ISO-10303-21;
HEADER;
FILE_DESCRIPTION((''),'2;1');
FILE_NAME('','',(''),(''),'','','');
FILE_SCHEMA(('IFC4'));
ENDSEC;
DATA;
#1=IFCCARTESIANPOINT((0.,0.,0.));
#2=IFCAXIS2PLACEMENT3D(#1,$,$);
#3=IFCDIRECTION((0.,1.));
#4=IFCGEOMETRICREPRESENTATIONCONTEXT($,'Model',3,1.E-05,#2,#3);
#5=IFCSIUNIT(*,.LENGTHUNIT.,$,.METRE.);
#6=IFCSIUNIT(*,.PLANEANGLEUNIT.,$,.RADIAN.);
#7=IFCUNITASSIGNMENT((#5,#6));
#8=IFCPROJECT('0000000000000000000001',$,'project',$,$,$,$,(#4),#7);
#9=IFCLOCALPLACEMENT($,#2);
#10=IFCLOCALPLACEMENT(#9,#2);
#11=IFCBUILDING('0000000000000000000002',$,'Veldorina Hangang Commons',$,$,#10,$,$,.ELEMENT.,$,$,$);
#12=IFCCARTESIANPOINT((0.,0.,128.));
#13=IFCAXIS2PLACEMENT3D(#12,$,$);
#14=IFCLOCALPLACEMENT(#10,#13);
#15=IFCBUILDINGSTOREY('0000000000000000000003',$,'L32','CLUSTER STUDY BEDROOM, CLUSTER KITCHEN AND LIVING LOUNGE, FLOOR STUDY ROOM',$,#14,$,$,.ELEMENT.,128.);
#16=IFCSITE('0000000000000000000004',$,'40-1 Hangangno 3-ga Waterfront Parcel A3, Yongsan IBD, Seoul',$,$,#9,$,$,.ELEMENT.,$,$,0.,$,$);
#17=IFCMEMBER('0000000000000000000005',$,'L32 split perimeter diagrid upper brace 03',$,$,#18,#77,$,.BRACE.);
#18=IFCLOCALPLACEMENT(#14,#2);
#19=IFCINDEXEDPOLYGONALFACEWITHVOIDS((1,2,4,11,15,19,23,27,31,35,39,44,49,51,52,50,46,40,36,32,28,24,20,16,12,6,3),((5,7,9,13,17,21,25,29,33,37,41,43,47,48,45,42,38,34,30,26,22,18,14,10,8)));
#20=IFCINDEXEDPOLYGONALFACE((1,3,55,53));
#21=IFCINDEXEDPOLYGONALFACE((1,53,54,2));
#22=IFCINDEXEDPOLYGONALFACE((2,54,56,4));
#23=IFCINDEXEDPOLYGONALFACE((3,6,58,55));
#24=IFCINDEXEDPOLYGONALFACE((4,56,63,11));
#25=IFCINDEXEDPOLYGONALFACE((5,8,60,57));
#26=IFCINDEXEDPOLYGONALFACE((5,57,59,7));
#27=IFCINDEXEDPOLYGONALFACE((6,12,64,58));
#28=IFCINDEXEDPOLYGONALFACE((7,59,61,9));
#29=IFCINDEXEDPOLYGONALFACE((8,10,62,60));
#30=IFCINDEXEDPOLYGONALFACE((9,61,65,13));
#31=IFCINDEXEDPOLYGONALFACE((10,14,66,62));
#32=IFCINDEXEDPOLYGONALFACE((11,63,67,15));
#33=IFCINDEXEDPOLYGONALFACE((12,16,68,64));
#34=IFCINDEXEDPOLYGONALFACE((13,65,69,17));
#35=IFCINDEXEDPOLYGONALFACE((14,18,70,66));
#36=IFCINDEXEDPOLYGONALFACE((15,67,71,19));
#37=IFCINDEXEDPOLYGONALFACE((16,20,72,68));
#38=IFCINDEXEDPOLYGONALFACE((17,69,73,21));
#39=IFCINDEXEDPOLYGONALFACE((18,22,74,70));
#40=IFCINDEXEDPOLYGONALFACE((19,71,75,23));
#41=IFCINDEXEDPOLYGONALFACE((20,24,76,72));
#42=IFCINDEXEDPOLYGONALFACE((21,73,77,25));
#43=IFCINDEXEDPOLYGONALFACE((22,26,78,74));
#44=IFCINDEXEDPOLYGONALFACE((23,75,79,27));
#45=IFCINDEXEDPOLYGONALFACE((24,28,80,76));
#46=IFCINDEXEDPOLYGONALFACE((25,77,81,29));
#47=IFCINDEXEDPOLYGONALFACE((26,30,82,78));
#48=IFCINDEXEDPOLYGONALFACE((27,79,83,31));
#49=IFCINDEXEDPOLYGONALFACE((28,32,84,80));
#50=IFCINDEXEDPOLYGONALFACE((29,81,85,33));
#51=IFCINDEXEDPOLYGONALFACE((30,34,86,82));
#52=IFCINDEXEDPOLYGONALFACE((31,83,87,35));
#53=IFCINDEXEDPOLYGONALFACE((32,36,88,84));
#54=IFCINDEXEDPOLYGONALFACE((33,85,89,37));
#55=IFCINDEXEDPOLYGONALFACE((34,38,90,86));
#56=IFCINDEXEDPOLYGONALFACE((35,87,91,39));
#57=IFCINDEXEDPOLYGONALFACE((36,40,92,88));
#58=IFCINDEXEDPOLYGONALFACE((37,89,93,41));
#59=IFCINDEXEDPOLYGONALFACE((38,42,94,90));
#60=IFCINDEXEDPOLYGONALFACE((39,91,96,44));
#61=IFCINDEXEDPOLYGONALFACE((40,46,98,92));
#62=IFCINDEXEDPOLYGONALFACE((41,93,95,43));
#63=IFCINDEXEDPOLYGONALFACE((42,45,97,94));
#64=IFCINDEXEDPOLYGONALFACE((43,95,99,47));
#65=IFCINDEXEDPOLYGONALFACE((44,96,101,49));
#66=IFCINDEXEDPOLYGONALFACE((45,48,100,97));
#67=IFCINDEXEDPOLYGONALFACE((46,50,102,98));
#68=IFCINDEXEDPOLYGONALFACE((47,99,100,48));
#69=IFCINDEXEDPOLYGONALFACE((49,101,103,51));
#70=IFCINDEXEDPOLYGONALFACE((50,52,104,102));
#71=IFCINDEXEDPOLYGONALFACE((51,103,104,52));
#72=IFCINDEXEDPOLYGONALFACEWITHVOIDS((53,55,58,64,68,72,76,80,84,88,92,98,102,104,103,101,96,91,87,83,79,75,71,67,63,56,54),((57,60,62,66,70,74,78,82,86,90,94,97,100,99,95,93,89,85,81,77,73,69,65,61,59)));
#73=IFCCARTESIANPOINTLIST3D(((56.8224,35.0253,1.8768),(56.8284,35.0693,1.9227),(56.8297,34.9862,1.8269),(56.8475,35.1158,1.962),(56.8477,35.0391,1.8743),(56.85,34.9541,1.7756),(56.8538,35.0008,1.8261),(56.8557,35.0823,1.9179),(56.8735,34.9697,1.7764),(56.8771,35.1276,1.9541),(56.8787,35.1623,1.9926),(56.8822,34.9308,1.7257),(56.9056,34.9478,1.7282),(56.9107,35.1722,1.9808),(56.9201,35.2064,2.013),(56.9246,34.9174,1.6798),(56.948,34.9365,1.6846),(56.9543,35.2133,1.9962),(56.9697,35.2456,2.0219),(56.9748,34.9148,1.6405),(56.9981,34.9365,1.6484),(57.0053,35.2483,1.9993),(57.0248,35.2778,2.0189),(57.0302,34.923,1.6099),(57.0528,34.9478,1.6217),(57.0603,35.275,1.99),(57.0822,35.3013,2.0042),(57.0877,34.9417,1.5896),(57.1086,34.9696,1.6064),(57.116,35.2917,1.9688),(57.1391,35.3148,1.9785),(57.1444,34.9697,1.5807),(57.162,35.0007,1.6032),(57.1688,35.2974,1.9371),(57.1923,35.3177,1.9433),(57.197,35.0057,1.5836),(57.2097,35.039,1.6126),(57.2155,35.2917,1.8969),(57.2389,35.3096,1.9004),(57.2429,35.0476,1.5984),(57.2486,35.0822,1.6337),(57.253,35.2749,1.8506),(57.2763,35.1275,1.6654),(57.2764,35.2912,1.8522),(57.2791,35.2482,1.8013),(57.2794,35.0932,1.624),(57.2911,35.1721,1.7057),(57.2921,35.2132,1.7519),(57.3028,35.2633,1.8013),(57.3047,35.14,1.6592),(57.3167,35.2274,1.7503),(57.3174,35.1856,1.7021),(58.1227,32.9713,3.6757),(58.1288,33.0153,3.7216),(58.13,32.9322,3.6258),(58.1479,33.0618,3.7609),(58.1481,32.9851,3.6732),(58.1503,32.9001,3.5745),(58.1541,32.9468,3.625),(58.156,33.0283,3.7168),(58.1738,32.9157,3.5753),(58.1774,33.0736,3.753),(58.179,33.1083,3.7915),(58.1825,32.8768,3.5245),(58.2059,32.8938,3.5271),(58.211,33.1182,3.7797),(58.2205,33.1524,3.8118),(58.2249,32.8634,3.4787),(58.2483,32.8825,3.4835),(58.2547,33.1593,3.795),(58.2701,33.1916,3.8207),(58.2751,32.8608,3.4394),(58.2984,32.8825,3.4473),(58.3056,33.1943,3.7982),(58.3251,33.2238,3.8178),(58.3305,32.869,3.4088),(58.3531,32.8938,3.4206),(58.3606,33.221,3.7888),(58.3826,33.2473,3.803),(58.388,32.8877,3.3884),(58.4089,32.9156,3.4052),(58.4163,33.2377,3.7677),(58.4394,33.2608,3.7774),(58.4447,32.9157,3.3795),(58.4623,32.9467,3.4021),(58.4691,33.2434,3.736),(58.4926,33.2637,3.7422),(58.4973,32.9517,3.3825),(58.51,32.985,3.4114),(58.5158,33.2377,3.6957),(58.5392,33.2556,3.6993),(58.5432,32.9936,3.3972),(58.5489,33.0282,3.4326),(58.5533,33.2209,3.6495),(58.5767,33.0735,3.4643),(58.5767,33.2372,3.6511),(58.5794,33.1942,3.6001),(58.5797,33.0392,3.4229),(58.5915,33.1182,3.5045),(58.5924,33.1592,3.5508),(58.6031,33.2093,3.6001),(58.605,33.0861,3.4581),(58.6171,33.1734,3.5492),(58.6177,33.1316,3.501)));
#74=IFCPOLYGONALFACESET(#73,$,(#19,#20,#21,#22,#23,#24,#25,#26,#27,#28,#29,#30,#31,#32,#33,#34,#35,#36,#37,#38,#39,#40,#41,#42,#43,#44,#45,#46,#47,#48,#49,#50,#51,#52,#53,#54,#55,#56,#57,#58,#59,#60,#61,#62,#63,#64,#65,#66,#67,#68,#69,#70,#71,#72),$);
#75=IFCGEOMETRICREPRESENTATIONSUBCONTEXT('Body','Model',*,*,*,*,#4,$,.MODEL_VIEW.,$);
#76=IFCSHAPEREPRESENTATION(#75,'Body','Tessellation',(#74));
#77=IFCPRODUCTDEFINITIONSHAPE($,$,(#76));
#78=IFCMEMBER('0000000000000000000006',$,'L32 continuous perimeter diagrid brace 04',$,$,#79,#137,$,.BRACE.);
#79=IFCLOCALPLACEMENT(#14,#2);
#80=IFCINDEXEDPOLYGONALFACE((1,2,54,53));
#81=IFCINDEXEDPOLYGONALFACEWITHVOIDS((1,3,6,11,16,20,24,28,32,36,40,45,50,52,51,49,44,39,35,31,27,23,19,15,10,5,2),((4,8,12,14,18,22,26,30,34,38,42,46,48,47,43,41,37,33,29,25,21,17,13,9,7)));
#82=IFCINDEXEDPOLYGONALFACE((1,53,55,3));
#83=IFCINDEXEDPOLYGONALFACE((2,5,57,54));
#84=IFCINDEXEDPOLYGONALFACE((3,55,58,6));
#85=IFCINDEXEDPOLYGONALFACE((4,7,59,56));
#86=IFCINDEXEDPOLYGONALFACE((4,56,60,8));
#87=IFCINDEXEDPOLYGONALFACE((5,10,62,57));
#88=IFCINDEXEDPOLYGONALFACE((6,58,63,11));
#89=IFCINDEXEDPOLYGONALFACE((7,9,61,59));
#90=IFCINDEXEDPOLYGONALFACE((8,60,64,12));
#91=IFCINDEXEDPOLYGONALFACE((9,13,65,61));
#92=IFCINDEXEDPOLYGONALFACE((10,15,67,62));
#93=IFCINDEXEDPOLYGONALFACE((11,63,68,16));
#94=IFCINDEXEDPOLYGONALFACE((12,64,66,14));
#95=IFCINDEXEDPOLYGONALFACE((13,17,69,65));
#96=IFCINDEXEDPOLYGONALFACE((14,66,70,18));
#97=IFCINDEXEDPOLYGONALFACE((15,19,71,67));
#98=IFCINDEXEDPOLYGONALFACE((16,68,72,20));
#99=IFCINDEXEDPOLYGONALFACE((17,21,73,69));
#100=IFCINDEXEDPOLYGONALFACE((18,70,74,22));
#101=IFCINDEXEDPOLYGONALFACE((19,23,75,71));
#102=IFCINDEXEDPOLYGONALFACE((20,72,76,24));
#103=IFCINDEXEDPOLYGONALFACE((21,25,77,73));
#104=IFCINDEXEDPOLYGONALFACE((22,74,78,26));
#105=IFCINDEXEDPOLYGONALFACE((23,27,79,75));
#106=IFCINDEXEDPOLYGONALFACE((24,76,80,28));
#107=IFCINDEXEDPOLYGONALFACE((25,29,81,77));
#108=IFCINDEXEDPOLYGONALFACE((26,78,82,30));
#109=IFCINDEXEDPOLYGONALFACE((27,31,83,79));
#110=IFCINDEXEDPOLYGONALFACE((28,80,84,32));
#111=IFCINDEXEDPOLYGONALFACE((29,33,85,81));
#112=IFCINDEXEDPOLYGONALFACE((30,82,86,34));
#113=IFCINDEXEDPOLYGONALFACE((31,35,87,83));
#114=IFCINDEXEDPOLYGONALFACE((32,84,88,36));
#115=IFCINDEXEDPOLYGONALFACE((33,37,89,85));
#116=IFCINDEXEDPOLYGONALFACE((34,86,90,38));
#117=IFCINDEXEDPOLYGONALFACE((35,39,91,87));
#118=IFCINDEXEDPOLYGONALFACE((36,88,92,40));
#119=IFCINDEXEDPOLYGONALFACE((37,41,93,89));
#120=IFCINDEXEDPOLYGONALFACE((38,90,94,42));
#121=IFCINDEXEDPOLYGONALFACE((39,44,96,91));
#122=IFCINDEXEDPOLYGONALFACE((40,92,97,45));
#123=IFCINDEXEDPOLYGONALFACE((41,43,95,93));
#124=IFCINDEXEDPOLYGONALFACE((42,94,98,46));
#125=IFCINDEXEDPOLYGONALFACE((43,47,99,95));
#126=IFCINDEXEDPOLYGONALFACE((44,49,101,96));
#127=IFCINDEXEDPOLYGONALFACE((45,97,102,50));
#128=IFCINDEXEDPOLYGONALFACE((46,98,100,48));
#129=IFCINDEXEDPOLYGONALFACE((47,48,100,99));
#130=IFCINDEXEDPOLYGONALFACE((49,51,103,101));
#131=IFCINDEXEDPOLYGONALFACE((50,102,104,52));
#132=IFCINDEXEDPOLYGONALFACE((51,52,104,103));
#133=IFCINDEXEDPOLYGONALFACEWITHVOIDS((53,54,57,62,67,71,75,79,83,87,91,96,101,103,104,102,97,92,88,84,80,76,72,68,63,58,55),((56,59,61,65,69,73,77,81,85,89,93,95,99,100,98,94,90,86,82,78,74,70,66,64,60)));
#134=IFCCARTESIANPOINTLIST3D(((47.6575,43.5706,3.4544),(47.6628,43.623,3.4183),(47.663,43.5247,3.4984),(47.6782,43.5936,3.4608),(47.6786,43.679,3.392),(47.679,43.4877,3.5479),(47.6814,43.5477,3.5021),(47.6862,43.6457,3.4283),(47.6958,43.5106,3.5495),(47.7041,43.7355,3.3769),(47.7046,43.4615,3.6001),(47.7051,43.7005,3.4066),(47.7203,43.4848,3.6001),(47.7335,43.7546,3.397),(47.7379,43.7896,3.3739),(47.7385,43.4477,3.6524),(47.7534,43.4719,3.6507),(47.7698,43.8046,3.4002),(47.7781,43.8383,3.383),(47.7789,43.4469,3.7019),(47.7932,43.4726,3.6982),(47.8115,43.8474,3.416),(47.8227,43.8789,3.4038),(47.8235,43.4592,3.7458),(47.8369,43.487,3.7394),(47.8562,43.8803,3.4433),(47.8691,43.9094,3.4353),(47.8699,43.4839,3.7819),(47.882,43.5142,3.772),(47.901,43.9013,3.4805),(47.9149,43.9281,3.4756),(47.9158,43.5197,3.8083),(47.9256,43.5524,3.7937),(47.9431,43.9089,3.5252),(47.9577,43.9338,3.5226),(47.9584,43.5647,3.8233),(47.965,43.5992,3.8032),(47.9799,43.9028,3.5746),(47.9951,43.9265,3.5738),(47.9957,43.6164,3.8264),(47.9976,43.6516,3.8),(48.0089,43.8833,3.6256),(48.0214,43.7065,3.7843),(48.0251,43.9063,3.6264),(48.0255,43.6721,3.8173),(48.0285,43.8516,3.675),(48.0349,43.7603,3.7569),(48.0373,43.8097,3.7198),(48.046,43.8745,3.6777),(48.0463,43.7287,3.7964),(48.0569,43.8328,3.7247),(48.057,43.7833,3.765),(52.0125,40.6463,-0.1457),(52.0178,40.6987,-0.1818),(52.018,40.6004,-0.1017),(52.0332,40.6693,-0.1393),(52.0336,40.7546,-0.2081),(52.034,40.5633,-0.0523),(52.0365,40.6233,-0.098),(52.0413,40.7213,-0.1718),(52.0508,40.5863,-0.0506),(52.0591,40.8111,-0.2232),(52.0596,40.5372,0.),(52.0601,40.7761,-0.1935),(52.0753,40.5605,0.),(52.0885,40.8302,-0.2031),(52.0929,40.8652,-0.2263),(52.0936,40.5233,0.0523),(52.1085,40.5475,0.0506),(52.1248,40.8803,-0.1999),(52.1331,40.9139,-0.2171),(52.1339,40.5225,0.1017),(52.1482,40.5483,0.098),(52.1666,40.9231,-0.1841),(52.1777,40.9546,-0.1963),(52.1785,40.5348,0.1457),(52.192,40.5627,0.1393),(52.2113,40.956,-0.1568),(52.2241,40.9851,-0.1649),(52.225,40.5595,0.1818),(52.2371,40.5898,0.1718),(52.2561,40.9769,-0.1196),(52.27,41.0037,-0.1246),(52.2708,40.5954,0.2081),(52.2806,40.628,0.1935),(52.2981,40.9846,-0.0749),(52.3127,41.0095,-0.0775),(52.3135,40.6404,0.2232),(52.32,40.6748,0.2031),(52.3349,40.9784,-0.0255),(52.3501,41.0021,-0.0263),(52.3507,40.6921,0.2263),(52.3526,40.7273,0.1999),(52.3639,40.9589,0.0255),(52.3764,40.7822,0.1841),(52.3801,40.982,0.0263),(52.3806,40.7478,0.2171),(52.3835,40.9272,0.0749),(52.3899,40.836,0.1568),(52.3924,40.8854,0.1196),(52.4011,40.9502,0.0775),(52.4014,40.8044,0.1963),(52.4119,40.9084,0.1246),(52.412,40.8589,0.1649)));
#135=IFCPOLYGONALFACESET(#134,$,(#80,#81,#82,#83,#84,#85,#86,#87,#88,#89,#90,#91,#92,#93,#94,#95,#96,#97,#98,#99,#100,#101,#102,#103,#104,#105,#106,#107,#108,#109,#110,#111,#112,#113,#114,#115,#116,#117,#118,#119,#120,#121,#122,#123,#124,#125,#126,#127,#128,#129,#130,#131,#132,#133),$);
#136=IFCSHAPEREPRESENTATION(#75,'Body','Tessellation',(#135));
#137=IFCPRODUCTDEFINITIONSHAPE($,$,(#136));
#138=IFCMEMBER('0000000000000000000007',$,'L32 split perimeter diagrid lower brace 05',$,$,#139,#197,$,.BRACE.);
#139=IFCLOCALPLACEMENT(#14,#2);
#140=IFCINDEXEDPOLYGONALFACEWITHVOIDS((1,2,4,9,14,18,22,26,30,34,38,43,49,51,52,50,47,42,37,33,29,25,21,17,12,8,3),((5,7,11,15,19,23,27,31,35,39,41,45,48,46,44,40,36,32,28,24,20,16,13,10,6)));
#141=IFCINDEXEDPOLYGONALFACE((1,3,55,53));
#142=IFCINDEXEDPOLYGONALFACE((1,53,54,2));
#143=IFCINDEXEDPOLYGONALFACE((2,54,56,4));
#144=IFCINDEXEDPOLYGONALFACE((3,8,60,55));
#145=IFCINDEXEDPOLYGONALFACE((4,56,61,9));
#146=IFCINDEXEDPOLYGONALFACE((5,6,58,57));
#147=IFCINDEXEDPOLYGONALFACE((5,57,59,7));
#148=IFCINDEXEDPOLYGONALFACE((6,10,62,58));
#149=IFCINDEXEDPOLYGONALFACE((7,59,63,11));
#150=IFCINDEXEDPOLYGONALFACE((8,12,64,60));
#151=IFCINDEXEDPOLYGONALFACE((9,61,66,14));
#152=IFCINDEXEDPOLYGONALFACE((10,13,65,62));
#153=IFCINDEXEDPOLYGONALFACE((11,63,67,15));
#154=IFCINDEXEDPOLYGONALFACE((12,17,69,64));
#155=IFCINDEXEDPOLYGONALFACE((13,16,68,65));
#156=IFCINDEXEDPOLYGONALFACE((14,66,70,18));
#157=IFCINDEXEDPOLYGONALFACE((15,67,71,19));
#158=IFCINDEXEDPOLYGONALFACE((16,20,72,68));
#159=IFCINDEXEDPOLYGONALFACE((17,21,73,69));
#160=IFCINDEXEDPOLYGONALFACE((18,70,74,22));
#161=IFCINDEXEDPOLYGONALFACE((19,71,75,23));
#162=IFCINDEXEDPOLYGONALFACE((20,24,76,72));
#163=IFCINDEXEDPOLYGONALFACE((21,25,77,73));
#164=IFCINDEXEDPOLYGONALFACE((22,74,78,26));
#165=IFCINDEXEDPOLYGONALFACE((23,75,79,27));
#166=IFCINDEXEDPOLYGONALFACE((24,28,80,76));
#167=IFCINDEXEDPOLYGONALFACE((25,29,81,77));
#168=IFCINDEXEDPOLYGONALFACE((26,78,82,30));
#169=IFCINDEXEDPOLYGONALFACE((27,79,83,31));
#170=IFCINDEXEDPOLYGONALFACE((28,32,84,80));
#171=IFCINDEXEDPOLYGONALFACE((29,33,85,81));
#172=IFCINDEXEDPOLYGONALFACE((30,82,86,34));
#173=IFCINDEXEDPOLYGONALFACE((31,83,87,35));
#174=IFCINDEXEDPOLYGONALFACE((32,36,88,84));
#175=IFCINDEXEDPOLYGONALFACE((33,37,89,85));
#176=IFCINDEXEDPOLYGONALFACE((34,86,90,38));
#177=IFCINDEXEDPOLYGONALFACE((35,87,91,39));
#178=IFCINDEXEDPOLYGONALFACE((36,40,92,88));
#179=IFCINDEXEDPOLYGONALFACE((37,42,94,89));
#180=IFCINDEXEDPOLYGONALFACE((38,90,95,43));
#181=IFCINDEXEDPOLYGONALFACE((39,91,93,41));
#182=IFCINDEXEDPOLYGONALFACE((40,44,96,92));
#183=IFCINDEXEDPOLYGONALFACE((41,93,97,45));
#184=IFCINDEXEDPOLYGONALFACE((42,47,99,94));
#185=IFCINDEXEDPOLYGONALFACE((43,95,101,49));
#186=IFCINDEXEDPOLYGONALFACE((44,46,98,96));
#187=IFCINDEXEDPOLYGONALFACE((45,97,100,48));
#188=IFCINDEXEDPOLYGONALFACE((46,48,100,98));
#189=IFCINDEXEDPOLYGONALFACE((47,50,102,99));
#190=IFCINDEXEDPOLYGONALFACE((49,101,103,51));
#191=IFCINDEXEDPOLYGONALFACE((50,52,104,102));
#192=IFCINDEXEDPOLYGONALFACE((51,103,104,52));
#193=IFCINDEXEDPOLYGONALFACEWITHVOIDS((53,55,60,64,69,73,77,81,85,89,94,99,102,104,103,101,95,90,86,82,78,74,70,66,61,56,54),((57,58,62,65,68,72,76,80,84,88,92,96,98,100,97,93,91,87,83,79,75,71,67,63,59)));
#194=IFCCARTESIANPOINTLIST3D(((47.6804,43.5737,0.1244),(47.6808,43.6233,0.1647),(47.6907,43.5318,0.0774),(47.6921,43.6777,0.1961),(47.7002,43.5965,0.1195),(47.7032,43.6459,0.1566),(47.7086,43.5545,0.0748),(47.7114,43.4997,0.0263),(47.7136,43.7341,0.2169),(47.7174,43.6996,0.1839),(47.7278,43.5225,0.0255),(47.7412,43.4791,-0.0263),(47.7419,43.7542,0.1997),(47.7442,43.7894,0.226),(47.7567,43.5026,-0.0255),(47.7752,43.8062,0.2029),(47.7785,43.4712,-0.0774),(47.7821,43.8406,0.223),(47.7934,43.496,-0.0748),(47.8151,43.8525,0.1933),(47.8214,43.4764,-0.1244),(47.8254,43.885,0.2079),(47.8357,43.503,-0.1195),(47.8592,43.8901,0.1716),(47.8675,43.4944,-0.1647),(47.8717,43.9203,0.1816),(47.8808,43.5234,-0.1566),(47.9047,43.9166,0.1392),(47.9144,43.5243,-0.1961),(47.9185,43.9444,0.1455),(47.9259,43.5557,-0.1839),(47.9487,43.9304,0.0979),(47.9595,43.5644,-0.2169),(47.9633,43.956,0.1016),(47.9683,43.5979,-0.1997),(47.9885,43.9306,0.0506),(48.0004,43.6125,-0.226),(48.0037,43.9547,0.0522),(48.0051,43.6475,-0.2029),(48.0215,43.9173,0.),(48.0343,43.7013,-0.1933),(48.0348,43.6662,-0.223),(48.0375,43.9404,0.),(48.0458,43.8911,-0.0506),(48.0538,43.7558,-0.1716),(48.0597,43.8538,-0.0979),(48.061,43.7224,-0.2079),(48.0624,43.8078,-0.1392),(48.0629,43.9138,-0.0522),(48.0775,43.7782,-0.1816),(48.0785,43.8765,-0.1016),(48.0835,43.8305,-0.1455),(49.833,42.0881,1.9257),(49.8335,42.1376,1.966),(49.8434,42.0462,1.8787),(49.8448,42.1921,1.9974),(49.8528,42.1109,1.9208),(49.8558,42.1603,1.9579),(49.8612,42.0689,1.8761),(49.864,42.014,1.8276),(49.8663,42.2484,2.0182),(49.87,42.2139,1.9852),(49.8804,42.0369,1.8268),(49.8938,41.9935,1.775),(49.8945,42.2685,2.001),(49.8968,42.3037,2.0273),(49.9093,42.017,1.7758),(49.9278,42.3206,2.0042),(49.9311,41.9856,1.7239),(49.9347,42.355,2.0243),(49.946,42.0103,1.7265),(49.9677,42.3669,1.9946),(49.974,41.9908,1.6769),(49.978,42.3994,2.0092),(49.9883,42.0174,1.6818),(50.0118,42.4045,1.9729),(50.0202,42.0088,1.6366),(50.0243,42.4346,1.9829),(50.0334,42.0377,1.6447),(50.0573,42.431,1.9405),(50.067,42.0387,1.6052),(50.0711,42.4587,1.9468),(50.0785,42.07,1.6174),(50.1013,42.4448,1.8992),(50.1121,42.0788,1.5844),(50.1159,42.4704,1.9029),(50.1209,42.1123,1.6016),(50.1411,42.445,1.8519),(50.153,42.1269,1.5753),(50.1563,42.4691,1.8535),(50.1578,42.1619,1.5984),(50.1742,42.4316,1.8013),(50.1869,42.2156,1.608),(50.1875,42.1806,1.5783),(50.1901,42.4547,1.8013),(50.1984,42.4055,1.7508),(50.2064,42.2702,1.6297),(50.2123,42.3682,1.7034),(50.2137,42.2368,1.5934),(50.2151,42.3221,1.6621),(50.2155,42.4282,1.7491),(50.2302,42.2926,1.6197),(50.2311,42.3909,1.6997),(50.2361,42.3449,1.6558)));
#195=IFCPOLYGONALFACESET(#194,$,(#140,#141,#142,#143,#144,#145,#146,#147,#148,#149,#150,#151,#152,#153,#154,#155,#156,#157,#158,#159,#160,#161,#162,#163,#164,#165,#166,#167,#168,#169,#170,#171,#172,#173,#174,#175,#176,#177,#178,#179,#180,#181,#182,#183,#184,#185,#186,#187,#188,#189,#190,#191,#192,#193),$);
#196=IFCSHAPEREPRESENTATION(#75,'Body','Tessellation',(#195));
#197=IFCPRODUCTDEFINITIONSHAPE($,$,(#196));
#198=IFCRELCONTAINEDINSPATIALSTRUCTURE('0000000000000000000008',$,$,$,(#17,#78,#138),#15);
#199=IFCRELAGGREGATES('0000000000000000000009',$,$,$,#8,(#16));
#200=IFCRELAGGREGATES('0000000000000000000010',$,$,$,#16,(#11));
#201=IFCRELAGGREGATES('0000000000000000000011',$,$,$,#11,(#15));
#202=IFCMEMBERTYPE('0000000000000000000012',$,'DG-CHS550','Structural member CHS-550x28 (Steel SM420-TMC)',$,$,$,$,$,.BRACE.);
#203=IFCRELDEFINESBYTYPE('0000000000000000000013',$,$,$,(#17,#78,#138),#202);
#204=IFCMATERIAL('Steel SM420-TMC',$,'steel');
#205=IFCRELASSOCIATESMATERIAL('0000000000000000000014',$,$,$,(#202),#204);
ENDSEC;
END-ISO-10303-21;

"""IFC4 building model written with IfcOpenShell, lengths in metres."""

from ifc_helpers import new_model, si_unit, direction, frame, origin, origin_2d, place, context, subcontext, project, spatial, hollow_circle, extrude, material, material_profile, profile_set, type_object, element, save


model = new_model("IFC4")

# Units and contexts
model_context = context("Model", 3, precision=1e-05, world=origin(), true_north=direction((0.0, 1.0)))
body_context = subcontext(model_context, "Body", "Model", "MODEL_VIEW")
ifc_project = project(units=[si_unit("LENGTHUNIT", "METRE"), si_unit("PLANEANGLEUNIT", "RADIAN")], contexts=[model_context])

# Site, building, storey
site_placement = place(None, origin())
site = spatial("IfcSite", under=ifc_project, at=site_placement, Name="40-1 Hangangno 3-ga Waterfront Parcel A3, Yongsan IBD, Seoul", CompositionType="ELEMENT", RefElevation=0.0)
building_placement = place(site_placement, origin())
building = spatial("IfcBuilding", under=site, at=building_placement, Name="Veldorina Hangang Commons", CompositionType="ELEMENT")
storey_placement = place(building_placement, frame((0.0, 0.0, 128.0)))
storey = spatial("IfcBuildingStorey", under=building, at=storey_placement, Name="L32", Description="CLUSTER STUDY BEDROOM, CLUSTER KITCHEN AND LIVING LOUNGE, FLOOR STUDY ROOM", CompositionType="ELEMENT", Elevation=128.0)

# Shared definitions
ifc_material_1 = material(Name="Steel SM420-TMC", Category="steel")

# Members
ifc_material_profile_1 = material_profile(ifc_material_1, hollow_circle(Radius=0.2749, WallThickness=0.0281, at=origin_2d()), Name="CHS-550x28")
ifc_profile_set_1 = profile_set([ifc_material_profile_1], Name="Steel SM420-TMC")
member_type = type_object("IfcMemberType", Name="DG-CHS550", Description="Structural member CHS-550x28 (Steel SM420-TMC)", PredefinedType="BRACE", material=ifc_profile_set_1)
member_1_placement = place(storey_placement, frame((57.0706, 35.1162, 1.8013), z_axis=(0.429975, -0.679192, 0.594828), x_axis=(0.84492, 0.534892, 0.0)))
element("IfcMember", 1, at=member_1_placement, inside=storey, type_object=member_type, Name="L32 split perimeter diagrid upper brace 03", PredefinedType="BRACE", context=body_context, shape_type="SweptSolid", body=[
    extrude(hollow_circle(Radius=0.2749, WallThickness=0.0281, at=origin_2d()), origin(), (0.0, 0.0, 1.0), 3.0242),
])
member_2_placement = place(storey_placement, frame((52.2129, 40.7654, 0.0), z_axis=(-0.684504, 0.459636, 0.565853), x_axis=(-0.557468, -0.830198, 0.0)))
element("IfcMember", 2, at=member_2_placement, inside=storey, type_object=member_type, Name="L32 continuous perimeter diagrid brace 04", PredefinedType="BRACE", context=body_context, shape_type="SweptSolid", body=[
    extrude(hollow_circle(Radius=0.2749, WallThickness=0.0281, at=origin_2d()), origin(), (0.0, 0.0, 1.0), 6.3623),
])
member_3_placement = place(storey_placement, frame((47.8813, 43.7141, 0.0), z_axis=(0.677827, -0.467798, 0.5672), x_axis=(0.568006, 0.823025, 0.0)))
element("IfcMember", 3, at=member_3_placement, inside=storey, type_object=member_type, Name="L32 split perimeter diagrid lower brace 05", PredefinedType="BRACE", context=body_context, shape_type="SweptSolid", body=[
    extrude(hollow_circle(Radius=0.2749, WallThickness=0.0281, at=origin_2d()), origin(), (0.0, 0.0, 1.0), 3.1758),
])

save(model, "model.ifc")
